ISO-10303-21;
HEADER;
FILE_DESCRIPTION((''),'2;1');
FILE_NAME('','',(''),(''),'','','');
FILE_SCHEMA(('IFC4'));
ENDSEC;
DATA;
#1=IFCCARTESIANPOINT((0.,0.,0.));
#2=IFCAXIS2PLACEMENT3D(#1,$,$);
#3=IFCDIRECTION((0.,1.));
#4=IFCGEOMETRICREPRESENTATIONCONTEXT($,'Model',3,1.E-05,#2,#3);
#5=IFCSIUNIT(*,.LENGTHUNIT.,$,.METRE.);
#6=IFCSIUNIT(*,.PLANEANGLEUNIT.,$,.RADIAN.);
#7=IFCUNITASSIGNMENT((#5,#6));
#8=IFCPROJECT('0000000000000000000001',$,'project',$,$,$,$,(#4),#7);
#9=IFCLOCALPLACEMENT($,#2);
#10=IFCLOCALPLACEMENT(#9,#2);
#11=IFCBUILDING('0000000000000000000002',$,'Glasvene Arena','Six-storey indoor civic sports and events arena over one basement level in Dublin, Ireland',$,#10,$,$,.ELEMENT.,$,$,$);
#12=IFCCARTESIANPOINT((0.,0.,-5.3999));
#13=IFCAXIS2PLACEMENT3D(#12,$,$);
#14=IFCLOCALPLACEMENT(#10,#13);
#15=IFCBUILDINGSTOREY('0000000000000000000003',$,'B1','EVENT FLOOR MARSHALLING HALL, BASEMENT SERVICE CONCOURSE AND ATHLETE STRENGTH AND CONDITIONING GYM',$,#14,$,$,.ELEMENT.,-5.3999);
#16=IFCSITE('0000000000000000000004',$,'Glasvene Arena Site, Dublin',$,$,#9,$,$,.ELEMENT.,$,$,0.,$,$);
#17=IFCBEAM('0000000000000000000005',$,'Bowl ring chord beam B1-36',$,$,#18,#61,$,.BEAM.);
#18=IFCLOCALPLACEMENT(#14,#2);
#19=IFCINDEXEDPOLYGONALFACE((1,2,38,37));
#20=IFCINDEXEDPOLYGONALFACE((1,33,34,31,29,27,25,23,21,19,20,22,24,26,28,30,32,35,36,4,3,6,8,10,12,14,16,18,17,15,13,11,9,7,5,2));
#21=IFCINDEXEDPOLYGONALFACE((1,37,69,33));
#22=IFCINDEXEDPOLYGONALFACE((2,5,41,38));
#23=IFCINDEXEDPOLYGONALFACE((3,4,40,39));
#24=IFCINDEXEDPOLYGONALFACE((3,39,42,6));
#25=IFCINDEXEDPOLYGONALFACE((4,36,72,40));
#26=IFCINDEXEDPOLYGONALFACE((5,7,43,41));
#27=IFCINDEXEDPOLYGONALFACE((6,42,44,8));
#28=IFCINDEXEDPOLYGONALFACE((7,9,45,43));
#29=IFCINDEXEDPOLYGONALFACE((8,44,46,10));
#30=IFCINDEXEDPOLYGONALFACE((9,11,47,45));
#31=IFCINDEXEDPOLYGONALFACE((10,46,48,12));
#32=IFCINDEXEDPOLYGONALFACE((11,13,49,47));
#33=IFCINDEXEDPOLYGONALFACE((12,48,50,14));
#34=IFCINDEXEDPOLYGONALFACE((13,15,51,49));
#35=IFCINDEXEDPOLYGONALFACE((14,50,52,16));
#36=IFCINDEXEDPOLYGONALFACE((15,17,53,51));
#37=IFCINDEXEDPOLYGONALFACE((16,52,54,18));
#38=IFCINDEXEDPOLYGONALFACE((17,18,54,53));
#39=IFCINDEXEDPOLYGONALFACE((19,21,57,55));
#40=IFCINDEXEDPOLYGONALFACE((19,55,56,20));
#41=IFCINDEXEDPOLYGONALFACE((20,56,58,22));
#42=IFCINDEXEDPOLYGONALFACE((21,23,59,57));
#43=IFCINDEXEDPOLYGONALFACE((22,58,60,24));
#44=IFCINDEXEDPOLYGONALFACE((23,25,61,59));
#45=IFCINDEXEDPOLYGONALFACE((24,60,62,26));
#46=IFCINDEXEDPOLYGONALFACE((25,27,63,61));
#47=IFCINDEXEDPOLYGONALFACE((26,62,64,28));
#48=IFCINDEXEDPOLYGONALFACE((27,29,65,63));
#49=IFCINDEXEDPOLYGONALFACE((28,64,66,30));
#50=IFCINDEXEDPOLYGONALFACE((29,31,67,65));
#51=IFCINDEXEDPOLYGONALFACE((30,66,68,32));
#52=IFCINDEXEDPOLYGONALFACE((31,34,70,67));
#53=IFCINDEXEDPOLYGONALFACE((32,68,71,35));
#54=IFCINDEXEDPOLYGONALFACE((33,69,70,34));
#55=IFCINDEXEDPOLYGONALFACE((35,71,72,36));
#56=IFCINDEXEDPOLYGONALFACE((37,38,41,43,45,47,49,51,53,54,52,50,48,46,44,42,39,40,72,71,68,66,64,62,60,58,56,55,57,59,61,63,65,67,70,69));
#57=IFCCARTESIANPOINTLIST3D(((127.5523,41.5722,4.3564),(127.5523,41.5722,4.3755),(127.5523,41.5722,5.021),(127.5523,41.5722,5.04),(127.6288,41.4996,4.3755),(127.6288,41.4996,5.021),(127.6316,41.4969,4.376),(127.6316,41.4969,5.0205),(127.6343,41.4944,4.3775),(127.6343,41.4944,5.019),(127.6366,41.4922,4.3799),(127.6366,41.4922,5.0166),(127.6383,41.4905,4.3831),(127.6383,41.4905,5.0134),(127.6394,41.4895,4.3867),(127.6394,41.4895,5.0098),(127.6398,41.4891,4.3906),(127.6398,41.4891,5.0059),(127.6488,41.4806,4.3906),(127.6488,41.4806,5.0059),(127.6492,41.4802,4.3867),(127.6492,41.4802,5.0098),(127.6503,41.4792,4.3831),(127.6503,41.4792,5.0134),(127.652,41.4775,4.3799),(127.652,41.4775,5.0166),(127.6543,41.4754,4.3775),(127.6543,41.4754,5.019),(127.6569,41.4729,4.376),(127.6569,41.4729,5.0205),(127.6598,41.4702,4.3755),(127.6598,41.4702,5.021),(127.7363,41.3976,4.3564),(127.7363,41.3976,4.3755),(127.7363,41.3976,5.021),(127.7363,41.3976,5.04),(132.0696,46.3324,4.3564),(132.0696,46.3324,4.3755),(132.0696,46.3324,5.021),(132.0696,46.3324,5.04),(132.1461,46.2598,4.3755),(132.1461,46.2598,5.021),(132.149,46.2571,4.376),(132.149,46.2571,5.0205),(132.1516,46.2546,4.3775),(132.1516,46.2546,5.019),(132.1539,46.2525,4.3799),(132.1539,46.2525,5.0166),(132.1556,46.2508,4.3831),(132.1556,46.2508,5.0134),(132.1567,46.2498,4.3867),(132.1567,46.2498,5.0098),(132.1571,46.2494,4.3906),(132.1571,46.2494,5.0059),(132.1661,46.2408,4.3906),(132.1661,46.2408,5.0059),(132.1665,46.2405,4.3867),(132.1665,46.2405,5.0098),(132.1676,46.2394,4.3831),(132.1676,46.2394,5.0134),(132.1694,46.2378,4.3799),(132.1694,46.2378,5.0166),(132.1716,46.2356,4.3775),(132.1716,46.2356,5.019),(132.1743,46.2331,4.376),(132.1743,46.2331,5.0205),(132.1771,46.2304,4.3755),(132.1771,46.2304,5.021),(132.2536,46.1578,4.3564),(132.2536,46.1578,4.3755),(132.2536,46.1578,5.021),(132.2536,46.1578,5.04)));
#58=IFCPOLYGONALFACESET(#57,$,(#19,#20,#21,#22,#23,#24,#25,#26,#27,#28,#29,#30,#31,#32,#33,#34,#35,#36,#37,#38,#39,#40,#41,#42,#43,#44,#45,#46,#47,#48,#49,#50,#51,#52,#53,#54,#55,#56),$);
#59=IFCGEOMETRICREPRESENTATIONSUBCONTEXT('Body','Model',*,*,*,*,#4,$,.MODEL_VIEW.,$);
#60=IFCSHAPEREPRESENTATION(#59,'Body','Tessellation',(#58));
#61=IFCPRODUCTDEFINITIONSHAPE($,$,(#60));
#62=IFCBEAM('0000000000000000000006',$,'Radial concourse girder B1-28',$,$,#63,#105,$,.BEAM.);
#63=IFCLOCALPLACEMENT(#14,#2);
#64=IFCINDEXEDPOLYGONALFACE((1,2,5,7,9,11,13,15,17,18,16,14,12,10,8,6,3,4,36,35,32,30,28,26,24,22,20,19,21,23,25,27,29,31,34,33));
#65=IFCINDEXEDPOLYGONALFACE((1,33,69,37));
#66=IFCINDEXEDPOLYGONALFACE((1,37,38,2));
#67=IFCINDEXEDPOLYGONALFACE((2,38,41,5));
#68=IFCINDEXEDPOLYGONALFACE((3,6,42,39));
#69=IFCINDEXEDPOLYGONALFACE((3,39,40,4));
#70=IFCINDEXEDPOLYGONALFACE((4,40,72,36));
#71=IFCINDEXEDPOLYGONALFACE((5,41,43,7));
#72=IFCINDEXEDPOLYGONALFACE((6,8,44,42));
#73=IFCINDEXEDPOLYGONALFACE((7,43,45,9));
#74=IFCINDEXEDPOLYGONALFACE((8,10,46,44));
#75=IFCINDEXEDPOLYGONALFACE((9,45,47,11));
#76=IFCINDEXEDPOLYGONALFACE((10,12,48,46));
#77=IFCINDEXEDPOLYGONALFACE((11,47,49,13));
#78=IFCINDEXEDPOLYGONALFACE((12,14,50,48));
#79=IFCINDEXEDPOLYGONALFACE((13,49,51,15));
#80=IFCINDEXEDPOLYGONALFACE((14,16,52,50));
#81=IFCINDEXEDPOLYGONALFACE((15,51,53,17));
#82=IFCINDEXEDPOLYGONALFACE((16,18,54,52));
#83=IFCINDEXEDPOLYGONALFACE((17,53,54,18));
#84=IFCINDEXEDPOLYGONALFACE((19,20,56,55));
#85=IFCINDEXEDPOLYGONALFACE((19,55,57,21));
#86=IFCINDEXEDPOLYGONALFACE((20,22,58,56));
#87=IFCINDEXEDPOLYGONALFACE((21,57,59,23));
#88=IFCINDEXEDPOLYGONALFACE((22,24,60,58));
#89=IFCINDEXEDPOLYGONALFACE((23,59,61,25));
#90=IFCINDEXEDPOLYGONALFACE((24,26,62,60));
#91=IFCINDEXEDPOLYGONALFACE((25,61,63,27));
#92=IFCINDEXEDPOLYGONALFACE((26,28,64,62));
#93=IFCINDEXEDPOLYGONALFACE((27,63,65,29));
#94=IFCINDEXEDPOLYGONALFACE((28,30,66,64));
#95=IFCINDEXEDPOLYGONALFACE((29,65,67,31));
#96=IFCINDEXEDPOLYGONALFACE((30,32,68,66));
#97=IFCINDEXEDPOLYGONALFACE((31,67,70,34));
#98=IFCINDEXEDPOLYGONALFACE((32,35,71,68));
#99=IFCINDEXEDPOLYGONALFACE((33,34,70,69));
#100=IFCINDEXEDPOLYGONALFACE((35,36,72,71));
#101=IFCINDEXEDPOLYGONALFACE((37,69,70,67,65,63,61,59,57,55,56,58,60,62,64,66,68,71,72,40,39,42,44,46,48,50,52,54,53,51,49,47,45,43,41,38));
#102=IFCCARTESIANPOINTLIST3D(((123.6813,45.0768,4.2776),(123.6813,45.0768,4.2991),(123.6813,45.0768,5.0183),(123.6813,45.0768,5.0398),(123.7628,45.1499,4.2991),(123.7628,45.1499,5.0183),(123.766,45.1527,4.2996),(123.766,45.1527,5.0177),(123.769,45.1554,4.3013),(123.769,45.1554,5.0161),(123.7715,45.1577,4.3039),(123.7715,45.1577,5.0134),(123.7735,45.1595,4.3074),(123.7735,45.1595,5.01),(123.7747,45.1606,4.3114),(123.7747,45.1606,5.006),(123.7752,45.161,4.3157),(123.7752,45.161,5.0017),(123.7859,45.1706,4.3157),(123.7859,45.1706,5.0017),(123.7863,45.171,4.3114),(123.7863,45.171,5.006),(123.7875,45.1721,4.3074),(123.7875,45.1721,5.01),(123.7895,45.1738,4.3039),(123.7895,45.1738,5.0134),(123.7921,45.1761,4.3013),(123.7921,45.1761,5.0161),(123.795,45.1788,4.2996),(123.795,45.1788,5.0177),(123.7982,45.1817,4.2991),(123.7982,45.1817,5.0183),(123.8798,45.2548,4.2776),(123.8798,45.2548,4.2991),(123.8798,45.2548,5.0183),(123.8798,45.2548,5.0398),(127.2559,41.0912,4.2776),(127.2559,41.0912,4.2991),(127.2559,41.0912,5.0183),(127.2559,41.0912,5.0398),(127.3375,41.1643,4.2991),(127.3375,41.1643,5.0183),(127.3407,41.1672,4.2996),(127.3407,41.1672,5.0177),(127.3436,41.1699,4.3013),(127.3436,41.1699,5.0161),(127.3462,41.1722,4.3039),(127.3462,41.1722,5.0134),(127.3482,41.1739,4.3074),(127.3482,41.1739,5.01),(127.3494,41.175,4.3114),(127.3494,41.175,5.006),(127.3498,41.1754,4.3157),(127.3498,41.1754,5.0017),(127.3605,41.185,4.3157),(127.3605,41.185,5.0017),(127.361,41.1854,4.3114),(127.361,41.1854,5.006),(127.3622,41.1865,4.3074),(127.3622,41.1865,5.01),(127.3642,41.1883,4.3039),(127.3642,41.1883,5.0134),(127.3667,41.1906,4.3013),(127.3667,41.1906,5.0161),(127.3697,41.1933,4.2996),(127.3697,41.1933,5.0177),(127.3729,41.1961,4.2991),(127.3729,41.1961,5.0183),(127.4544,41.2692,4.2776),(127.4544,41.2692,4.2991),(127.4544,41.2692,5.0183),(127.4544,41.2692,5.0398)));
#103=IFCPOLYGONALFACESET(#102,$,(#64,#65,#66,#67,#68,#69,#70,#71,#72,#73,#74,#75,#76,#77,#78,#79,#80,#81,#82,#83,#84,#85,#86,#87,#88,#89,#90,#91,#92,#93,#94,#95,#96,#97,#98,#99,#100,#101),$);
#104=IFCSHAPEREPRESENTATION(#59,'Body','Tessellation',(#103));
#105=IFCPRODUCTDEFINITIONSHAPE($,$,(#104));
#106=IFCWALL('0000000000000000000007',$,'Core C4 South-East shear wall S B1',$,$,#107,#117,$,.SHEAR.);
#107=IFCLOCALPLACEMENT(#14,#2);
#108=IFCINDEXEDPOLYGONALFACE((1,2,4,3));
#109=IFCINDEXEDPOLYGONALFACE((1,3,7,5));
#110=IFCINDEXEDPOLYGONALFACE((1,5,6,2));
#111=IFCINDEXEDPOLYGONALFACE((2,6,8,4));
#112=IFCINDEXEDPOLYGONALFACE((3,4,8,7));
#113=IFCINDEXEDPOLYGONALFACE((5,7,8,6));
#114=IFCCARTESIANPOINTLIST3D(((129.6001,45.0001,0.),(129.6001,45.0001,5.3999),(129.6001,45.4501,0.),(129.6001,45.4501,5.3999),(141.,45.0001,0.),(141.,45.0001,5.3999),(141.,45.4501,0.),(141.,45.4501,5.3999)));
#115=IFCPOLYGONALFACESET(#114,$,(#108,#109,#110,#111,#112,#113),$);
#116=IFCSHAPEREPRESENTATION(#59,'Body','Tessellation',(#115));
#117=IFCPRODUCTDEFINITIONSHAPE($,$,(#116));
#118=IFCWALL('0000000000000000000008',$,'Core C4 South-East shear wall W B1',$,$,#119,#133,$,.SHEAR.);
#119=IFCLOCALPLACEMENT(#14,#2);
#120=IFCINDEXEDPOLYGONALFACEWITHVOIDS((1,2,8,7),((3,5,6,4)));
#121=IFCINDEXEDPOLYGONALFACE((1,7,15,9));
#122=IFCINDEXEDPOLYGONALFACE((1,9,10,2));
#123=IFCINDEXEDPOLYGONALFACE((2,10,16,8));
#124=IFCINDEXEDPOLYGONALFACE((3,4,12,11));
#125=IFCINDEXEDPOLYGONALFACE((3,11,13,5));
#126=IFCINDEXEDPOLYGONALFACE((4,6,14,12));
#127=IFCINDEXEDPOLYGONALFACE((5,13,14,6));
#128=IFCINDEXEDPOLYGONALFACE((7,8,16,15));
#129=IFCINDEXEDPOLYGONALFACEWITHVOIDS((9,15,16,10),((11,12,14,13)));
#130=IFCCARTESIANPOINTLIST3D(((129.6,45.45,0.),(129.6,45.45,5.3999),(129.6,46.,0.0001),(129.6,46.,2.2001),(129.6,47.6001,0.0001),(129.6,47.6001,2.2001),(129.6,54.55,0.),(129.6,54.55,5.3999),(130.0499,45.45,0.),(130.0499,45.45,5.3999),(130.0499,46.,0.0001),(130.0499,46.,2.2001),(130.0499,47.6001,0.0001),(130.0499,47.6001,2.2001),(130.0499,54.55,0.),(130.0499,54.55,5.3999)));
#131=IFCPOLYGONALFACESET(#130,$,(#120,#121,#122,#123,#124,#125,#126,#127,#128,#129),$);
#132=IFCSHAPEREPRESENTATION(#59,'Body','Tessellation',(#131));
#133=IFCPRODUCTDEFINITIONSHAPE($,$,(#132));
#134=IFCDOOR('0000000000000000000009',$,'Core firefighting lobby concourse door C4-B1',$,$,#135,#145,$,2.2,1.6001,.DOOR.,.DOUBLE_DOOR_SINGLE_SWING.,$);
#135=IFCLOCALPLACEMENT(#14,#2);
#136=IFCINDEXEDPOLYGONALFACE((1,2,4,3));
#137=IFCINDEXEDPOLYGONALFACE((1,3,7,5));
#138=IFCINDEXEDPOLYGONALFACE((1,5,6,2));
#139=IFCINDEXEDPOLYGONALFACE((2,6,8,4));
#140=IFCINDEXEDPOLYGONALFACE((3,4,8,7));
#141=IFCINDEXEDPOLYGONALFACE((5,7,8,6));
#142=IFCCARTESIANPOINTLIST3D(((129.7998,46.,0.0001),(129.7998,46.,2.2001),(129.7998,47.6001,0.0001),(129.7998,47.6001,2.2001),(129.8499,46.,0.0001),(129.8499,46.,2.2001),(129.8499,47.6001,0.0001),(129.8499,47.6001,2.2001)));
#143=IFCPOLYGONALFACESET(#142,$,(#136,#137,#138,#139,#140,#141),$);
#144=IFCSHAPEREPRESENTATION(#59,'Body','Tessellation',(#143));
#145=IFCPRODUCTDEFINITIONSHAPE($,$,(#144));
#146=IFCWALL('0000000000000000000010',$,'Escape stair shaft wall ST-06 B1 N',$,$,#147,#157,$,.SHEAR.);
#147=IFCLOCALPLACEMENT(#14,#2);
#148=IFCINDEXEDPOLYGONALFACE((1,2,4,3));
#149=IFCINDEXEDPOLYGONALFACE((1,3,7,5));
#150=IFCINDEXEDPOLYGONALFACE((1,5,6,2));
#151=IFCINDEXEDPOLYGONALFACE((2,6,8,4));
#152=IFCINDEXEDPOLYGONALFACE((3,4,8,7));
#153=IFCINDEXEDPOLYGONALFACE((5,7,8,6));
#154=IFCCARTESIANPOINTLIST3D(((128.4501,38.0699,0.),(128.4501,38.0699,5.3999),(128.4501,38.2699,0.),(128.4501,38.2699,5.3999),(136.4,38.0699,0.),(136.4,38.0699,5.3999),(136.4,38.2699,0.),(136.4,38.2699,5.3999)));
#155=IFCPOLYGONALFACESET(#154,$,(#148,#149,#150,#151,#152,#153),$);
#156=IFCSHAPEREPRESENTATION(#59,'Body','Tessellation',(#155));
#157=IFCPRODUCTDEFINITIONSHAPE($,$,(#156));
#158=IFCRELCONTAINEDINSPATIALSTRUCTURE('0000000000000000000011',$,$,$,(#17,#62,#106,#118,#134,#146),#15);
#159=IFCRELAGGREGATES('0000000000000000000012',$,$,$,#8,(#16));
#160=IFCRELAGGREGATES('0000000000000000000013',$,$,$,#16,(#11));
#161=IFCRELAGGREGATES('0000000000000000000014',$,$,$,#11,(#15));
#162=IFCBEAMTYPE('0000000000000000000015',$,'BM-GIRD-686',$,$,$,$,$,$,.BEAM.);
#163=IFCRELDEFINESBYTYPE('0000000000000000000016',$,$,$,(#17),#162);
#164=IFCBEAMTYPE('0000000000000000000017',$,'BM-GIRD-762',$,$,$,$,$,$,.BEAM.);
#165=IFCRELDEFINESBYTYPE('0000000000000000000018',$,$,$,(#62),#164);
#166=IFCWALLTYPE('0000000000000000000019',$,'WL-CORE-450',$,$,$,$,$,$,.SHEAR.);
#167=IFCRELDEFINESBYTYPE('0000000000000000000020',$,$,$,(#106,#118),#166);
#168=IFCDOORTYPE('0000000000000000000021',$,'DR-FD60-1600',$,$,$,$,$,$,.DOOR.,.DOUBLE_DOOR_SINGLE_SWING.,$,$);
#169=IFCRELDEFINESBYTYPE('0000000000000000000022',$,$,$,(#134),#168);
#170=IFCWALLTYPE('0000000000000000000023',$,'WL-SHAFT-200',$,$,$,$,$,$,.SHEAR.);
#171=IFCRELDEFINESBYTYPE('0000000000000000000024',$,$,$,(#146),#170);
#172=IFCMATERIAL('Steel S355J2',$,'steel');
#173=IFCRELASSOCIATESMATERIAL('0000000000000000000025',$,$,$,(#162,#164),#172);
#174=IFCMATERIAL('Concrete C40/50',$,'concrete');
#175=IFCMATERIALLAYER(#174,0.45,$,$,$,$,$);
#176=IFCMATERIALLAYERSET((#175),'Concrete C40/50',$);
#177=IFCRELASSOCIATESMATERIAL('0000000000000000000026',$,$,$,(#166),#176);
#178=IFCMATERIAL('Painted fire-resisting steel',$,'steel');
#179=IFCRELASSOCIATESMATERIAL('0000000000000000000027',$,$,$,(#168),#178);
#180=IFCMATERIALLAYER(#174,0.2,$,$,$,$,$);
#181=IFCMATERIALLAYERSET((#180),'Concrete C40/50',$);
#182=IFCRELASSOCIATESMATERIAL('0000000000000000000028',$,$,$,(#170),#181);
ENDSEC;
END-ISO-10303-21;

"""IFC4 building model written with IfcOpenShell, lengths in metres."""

from ifc_helpers import new_model, si_unit, direction, frame, frame_2d, origin, origin_2d, place, context, subcontext, project, spatial, rectangle, i_section, extrude, material, layer, layer_set, material_profile, profile_set, type_object, element, fill, save


model = new_model("IFC4")

# Units and contexts
model_context = context("Model", 3, precision=1e-05, world=origin(), true_north=direction((0.0, 1.0)))
body_context = subcontext(model_context, "Body", "Model", "MODEL_VIEW")
ifc_project = project(units=[si_unit("LENGTHUNIT", "METRE"), si_unit("PLANEANGLEUNIT", "RADIAN")], contexts=[model_context])

# Site, building, storey
site_placement = place(None, origin())
site = spatial("IfcSite", under=ifc_project, at=site_placement, Name="Glasvene Arena Site, Dublin", CompositionType="ELEMENT", RefElevation=0.0)
building_placement = place(site_placement, origin())
building = spatial("IfcBuilding", under=site, at=building_placement, Name="Glasvene Arena", Description="Six-storey indoor civic sports and events arena over one basement level in Dublin, Ireland", CompositionType="ELEMENT")
storey_placement = place(building_placement, frame((0.0, 0.0, -5.3999)))
storey = spatial("IfcBuildingStorey", under=building, at=storey_placement, Name="B1", Description="EVENT FLOOR MARSHALLING HALL, BASEMENT SERVICE CONCOURSE AND ATHLETE STRENGTH AND CONDITIONING GYM", CompositionType="ELEMENT", Elevation=-5.3999)

# Shared definitions
ifc_material_1 = material(Name="Concrete C40/50", Category="concrete")

# Shared definitions
ifc_material_2 = material(Name="Steel S355J2", Category="steel")

# Beams
ifc_material_profile_1 = material_profile(ifc_material_2, i_section(OverallWidth=0.2537, OverallDepth=0.6836, WebThickness=0.0125, FlangeThickness=0.019, FilletRadius=0.0151, at=origin_2d()), Name="UKB 686x254x140")
ifc_profile_set_1 = profile_set([ifc_material_profile_1], Name="Steel S355J2")
beam_type_1 = type_object("IfcBeamType", Name="BM-GIRD-686", PredefinedType="BEAM", material=ifc_profile_set_1)
beam_1_placement = place(storey_placement, frame((127.6443, 41.4849, 4.6982), z_axis=(0.688356, 0.725373, 0.0), x_axis=(-0.725373, 0.688356, 0.0)))
element("IfcBeam", 1, at=beam_1_placement, inside=storey, type_object=beam_type_1, Name="Bowl ring chord beam B1-36", PredefinedType="BEAM", context=body_context, shape_type="SweptSolid", body=[
    extrude(i_section(OverallWidth=0.2537, OverallDepth=0.6836, WebThickness=0.0125, FlangeThickness=0.019, FilletRadius=0.0151, at=origin_2d()), origin(), (0.0, 0.0, 1.0), 6.5625),
])
ifc_material_profile_2 = material_profile(ifc_material_2, i_section(OverallWidth=0.2666, OverallDepth=0.7622, WebThickness=0.0144, FlangeThickness=0.0215, FilletRadius=0.0166, at=origin_2d()), Name="UKB 762x267x173")
ifc_profile_set_2 = profile_set([ifc_material_profile_2], Name="Steel S355J2")
beam_type_2 = type_object("IfcBeamType", Name="BM-GIRD-762", PredefinedType="BEAM", material=ifc_profile_set_2)
beam_2_placement = place(storey_placement, frame((123.7805, 45.1658, 4.6587), z_axis=(0.667691, -0.744438, 0.0), x_axis=(0.744438, 0.667691, 0.0)))
element("IfcBeam", 2, at=beam_2_placement, inside=storey, type_object=beam_type_2, Name="Radial concourse girder B1-28", PredefinedType="BEAM", context=body_context, shape_type="SweptSolid", body=[
    extrude(i_section(OverallWidth=0.2666, OverallDepth=0.7622, WebThickness=0.0144, FlangeThickness=0.0215, FilletRadius=0.0166, at=origin_2d()), origin(), (0.0, 0.0, 1.0), 5.3538),
])

# Wall
ifc_layer_1 = layer(ifc_material_1, 0.45)
ifc_layer_set_1 = layer_set([ifc_layer_1], Name="Concrete C40/50")
wall_type_1 = type_object("IfcWallType", Name="WL-CORE-450", PredefinedType="SHEAR", material=ifc_layer_set_1)
wall_1_placement = place(storey_placement, frame((129.6001, 45.2251, 0.0), z_axis=(0.0, 0.0, 1.0), x_axis=(1.0, 0.0, 0.0)))
element("IfcWall", 3, at=wall_1_placement, inside=storey, type_object=wall_type_1, Name="Core C4 South-East shear wall S B1", PredefinedType="SHEAR", context=body_context, shape_type="SweptSolid", body=[
    extrude(rectangle(XDim=11.3999, YDim=0.45, at=frame_2d((5.7, 0.0))), origin(), (0.0, 0.0, 1.0), 5.3999),
])

# Wall, opening, door
wall_2_placement = place(storey_placement, frame((129.825, 45.45, 0.0), z_axis=(0.0, 0.0, 1.0), x_axis=(0.0, 1.0, 0.0)))
wall_2 = element("IfcWall", 4, at=wall_2_placement, inside=storey, type_object=wall_type_1, Name="Core C4 South-East shear wall W B1", PredefinedType="SHEAR", context=body_context, shape_type="SweptSolid", body=[
    extrude(rectangle(XDim=9.1001, YDim=0.45, at=frame_2d((4.55, 0.0))), origin(), (0.0, 0.0, 1.0), 5.3999),
])
opening_1_placement = place(wall_2_placement, frame((0.55, 0.0, 0.0)))
opening_1 = element("IfcOpeningElement", 5, at=opening_1_placement, cuts=wall_2, PredefinedType="OPENING", context=body_context, shape_type="SweptSolid", body=[
    extrude(rectangle(XDim=1.6001, YDim=2.2, at=frame_2d((0.8, 1.1001))), frame((0.0, 0.2349, 0.0), z_axis=(0.0, -1.0, 0.0), x_axis=(1.0, 0.0, 0.0)), (0.0, 0.0, 1.0), 0.47),
])
ifc_material_3 = material(Name="Painted fire-resisting steel", Category="steel")
door_type_1 = type_object("IfcDoorType", Name="DR-FD60-1600", OperationType="DOUBLE_DOOR_SINGLE_SWING", PredefinedType="DOOR", material=ifc_material_3)
door_1_placement = place(opening_1_placement, frame((1.6001, 0.0, 0.0), z_axis=(0.0, 0.0, 1.0), x_axis=(-1.0, 0.0, 0.0)))
door_1 = element("IfcDoor", 6, at=door_1_placement, inside=storey, type_object=door_type_1, Name="Core firefighting lobby concourse door C4-B1", OperationType="DOUBLE_DOOR_SINGLE_SWING", OverallHeight=2.2, OverallWidth=1.6001, PredefinedType="DOOR", context=body_context, shape_type="SweptSolid", body=[
    extrude(rectangle(XDim=1.6001, YDim=2.2, at=frame_2d((0.8, 1.1001))), frame((0.0, 0.0249, 0.0), z_axis=(0.0, -1.0, 0.0), x_axis=(1.0, 0.0, 0.0)), (0.0, 0.0, 1.0), 0.05),
])
fill(opening_1, door_1)
ifc_layer_2 = layer(ifc_material_1, 0.2)
ifc_layer_set_2 = layer_set([ifc_layer_2], Name="Concrete C40/50")
wall_type_2 = type_object("IfcWallType", Name="WL-SHAFT-200", PredefinedType="SHEAR", material=ifc_layer_set_2)

# Wall
wall_3_placement = place(storey_placement, frame((128.45, 38.1699, 0.0), z_axis=(0.0, 0.0, 1.0), x_axis=(1.0, 0.0, 0.0)))
element("IfcWall", 7, at=wall_3_placement, inside=storey, type_object=wall_type_2, Name="Escape stair shaft wall ST-06 B1 N", PredefinedType="SHEAR", context=body_context, shape_type="SweptSolid", body=[
    extrude(rectangle(XDim=7.95, YDim=0.2, at=frame_2d((3.9751, 0.0))), origin(), (0.0, 0.0, 1.0), 5.3999),
])

save(model, "model.ifc")
